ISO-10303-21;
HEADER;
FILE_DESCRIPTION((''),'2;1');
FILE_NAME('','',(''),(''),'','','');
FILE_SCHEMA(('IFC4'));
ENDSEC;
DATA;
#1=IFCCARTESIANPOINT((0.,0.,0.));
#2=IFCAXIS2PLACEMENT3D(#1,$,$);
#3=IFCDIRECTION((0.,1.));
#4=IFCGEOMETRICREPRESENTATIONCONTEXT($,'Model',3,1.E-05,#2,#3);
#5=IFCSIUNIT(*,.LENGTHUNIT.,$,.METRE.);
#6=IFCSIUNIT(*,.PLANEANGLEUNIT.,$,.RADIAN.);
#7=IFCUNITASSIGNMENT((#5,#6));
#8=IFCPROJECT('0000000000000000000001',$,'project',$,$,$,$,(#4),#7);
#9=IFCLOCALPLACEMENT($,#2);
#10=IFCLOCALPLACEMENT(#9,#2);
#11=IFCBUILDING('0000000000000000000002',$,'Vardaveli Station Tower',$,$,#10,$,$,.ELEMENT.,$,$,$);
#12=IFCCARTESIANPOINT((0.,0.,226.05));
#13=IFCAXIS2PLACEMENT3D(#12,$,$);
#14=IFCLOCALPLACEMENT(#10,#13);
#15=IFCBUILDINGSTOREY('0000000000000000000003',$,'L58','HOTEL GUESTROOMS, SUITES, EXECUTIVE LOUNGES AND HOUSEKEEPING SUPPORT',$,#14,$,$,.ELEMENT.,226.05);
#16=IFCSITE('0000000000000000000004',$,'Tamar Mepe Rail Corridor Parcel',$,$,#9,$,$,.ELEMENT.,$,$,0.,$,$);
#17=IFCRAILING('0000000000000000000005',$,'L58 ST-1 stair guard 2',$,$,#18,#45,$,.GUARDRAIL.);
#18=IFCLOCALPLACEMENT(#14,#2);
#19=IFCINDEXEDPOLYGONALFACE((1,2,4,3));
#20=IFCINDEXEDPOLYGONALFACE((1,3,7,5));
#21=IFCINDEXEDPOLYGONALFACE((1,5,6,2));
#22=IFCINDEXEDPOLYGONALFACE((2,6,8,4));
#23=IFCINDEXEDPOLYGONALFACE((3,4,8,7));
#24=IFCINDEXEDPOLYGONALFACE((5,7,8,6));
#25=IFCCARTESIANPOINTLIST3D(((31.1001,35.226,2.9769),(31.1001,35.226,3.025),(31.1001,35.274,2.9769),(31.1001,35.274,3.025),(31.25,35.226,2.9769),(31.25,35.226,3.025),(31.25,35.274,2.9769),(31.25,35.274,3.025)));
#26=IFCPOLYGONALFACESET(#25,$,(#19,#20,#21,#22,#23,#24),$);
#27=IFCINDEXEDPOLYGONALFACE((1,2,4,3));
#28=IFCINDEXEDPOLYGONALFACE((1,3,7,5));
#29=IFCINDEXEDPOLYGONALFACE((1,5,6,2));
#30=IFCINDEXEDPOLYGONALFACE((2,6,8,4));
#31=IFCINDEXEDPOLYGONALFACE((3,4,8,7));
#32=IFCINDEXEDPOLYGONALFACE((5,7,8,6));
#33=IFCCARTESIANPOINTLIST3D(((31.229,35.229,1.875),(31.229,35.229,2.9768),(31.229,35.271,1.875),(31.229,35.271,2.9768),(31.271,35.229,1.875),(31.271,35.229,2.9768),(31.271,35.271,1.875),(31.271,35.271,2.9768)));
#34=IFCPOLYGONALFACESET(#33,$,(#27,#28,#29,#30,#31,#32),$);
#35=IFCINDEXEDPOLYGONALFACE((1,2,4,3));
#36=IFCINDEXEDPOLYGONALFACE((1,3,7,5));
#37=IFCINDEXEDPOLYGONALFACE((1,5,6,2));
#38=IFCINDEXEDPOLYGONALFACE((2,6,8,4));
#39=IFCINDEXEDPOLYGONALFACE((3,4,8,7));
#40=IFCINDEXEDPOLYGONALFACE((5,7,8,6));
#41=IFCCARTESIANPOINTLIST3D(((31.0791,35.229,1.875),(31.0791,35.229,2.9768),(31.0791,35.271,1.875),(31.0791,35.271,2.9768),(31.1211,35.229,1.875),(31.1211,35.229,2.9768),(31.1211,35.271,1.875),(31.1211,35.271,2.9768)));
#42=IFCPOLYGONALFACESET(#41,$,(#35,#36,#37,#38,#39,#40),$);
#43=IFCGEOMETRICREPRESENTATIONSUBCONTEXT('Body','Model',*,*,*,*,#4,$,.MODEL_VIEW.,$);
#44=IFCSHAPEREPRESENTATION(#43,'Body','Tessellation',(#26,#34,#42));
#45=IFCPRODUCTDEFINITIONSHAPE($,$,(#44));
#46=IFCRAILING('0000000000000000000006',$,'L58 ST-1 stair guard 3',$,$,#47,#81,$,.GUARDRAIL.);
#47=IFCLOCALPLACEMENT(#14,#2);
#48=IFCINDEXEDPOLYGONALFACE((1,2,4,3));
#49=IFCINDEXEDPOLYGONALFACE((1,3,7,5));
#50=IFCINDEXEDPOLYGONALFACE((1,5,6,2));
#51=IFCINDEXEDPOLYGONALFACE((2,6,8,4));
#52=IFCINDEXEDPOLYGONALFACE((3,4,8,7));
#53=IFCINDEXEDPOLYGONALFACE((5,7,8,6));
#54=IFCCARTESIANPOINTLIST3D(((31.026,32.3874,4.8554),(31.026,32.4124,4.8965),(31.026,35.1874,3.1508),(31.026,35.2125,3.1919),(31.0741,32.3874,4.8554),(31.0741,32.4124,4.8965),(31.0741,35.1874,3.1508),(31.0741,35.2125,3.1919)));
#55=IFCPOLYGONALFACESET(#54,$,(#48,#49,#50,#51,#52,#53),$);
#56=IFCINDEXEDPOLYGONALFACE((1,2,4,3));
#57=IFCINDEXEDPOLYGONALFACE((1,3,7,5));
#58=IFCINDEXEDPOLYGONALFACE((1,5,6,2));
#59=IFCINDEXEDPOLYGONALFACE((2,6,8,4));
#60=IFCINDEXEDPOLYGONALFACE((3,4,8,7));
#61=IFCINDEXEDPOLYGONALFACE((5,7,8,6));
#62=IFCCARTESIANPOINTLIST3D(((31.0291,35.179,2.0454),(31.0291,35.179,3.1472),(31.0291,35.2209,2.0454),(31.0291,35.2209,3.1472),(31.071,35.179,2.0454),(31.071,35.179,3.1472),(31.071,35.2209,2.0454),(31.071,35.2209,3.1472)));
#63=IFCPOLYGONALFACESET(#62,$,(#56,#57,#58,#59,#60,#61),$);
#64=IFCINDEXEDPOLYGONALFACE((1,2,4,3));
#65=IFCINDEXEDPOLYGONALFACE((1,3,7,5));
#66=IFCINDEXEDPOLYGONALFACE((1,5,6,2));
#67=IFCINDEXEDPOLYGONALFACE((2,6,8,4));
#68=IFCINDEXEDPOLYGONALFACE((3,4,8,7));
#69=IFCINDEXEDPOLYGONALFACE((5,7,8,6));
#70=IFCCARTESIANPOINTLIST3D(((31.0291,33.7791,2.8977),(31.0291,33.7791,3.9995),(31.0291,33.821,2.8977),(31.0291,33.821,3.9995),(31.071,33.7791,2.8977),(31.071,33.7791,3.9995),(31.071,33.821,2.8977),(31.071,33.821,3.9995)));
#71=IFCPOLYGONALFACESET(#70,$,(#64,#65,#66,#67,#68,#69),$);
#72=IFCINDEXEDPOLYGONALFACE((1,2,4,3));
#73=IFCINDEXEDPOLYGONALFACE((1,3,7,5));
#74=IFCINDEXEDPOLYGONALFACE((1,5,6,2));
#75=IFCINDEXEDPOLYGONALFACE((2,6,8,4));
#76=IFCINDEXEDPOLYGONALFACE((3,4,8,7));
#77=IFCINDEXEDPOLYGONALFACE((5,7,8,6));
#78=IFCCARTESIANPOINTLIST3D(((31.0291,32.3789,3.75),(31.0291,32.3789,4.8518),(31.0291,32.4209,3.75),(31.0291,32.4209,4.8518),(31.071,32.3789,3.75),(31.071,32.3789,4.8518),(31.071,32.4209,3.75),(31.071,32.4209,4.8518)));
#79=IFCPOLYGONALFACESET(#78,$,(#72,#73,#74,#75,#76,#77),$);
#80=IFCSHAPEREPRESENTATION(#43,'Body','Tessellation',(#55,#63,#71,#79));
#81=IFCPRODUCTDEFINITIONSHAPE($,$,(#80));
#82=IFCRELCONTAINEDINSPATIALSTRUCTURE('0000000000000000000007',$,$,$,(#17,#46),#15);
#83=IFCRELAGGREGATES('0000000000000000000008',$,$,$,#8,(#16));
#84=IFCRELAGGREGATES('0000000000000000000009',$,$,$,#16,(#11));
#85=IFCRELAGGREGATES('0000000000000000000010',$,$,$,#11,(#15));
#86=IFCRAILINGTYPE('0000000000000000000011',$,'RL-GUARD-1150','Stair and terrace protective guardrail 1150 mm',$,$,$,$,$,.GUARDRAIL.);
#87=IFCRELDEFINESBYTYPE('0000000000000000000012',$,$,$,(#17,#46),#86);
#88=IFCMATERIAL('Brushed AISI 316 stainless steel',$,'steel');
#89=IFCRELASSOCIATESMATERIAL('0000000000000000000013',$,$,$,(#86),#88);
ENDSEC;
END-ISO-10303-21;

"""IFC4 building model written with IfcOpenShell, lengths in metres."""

from ifc_helpers import new_model, si_unit, direction, frame, origin, origin_2d, place, context, subcontext, project, spatial, rectangle, extrude, source, transform, mapped, material, type_object, element, save


model = new_model("IFC4")

# Units and contexts
model_context = context("Model", 3, precision=1e-05, world=origin(), true_north=direction((0.0, 1.0)))
body_context = subcontext(model_context, "Body", "Model", "MODEL_VIEW")
ifc_project = project(units=[si_unit("LENGTHUNIT", "METRE"), si_unit("PLANEANGLEUNIT", "RADIAN")], contexts=[model_context])

# Site, building, storey
site_placement = place(None, origin())
site = spatial("IfcSite", under=ifc_project, at=site_placement, Name="Tamar Mepe Rail Corridor Parcel", CompositionType="ELEMENT", RefElevation=0.0)
building_placement = place(site_placement, origin())
building = spatial("IfcBuilding", under=site, at=building_placement, Name="Vardaveli Station Tower", CompositionType="ELEMENT")
storey_placement = place(building_placement, frame((0.0, 0.0, 226.05)))
storey = spatial("IfcBuildingStorey", under=building, at=storey_placement, Name="L58", Description="HOTEL GUESTROOMS, SUITES, EXECUTIVE LOUNGES AND HOUSEKEEPING SUPPORT", CompositionType="ELEMENT", Elevation=226.05)

# Railings
ifc_material_1 = material(Name="Brushed AISI 316 stainless steel", Category="steel")
railing_type = type_object("IfcRailingType", Name="RL-GUARD-1150", Description="Stair and terrace protective guardrail 1150 mm", PredefinedType="GUARDRAIL", material=ifc_material_1)
shared_shape_1 = source(origin(), body_context, "Body", "SweptSolid", [
    extrude(rectangle(XDim=0.0481, YDim=0.0481, at=origin_2d()), frame((0.0, 0.0, 1.126), z_axis=(-1.0, 0.0, 0.0), x_axis=(0.0, -1.0, 0.0)), (0.0, 0.0, 1.0), 0.1499),
    extrude(rectangle(XDim=0.042, YDim=0.042, at=origin_2d()), origin(), (0.0, 0.0, 1.0), 1.1018),
    extrude(rectangle(XDim=0.042, YDim=0.042, at=origin_2d()), frame((-0.1499, 0.0, 0.0)), (0.0, 0.0, 1.0), 1.1018),
])
railing_1_placement = place(storey_placement, frame((31.25, 35.25, 1.875)))
element("IfcRailing", 1, at=railing_1_placement, inside=storey, type_object=railing_type, Name="L58 ST-1 stair guard 2", PredefinedType="GUARDRAIL", context=body_context, shape_type="MappedRepresentation", body=[
    mapped(shared_shape_1, transform((0.0, 0.0, 0.0), scale=1.0)),
])
shared_shape_2 = source(origin(), body_context, "Body", "SweptSolid", [
    extrude(rectangle(XDim=0.0481, YDim=0.0481, at=origin_2d()), frame((0.0, 0.0, 1.126), z_axis=(0.0, -0.85417, 0.519994), x_axis=(1.0, 0.0, 0.0)), (0.0, 0.0, 1.0), 3.2781),
    extrude(rectangle(XDim=0.042, YDim=0.042, at=origin_2d()), origin(), (0.0, 0.0, 1.0), 1.1018),
    extrude(rectangle(XDim=0.042, YDim=0.042, at=origin_2d()), frame((0.0, -1.3999, 0.8523)), (0.0, 0.0, 1.0), 1.1018),
    extrude(rectangle(XDim=0.042, YDim=0.042, at=origin_2d()), frame((0.0, -2.8, 1.7046)), (0.0, 0.0, 1.0), 1.1018),
])
railing_2_placement = place(storey_placement, frame((31.05, 35.2, 2.0454)))
element("IfcRailing", 2, at=railing_2_placement, inside=storey, type_object=railing_type, Name="L58 ST-1 stair guard 3", PredefinedType="GUARDRAIL", context=body_context, shape_type="MappedRepresentation", body=[
    mapped(shared_shape_2, transform((0.0, 0.0, 0.0), scale=1.0)),
])

save(model, "model.ifc")
